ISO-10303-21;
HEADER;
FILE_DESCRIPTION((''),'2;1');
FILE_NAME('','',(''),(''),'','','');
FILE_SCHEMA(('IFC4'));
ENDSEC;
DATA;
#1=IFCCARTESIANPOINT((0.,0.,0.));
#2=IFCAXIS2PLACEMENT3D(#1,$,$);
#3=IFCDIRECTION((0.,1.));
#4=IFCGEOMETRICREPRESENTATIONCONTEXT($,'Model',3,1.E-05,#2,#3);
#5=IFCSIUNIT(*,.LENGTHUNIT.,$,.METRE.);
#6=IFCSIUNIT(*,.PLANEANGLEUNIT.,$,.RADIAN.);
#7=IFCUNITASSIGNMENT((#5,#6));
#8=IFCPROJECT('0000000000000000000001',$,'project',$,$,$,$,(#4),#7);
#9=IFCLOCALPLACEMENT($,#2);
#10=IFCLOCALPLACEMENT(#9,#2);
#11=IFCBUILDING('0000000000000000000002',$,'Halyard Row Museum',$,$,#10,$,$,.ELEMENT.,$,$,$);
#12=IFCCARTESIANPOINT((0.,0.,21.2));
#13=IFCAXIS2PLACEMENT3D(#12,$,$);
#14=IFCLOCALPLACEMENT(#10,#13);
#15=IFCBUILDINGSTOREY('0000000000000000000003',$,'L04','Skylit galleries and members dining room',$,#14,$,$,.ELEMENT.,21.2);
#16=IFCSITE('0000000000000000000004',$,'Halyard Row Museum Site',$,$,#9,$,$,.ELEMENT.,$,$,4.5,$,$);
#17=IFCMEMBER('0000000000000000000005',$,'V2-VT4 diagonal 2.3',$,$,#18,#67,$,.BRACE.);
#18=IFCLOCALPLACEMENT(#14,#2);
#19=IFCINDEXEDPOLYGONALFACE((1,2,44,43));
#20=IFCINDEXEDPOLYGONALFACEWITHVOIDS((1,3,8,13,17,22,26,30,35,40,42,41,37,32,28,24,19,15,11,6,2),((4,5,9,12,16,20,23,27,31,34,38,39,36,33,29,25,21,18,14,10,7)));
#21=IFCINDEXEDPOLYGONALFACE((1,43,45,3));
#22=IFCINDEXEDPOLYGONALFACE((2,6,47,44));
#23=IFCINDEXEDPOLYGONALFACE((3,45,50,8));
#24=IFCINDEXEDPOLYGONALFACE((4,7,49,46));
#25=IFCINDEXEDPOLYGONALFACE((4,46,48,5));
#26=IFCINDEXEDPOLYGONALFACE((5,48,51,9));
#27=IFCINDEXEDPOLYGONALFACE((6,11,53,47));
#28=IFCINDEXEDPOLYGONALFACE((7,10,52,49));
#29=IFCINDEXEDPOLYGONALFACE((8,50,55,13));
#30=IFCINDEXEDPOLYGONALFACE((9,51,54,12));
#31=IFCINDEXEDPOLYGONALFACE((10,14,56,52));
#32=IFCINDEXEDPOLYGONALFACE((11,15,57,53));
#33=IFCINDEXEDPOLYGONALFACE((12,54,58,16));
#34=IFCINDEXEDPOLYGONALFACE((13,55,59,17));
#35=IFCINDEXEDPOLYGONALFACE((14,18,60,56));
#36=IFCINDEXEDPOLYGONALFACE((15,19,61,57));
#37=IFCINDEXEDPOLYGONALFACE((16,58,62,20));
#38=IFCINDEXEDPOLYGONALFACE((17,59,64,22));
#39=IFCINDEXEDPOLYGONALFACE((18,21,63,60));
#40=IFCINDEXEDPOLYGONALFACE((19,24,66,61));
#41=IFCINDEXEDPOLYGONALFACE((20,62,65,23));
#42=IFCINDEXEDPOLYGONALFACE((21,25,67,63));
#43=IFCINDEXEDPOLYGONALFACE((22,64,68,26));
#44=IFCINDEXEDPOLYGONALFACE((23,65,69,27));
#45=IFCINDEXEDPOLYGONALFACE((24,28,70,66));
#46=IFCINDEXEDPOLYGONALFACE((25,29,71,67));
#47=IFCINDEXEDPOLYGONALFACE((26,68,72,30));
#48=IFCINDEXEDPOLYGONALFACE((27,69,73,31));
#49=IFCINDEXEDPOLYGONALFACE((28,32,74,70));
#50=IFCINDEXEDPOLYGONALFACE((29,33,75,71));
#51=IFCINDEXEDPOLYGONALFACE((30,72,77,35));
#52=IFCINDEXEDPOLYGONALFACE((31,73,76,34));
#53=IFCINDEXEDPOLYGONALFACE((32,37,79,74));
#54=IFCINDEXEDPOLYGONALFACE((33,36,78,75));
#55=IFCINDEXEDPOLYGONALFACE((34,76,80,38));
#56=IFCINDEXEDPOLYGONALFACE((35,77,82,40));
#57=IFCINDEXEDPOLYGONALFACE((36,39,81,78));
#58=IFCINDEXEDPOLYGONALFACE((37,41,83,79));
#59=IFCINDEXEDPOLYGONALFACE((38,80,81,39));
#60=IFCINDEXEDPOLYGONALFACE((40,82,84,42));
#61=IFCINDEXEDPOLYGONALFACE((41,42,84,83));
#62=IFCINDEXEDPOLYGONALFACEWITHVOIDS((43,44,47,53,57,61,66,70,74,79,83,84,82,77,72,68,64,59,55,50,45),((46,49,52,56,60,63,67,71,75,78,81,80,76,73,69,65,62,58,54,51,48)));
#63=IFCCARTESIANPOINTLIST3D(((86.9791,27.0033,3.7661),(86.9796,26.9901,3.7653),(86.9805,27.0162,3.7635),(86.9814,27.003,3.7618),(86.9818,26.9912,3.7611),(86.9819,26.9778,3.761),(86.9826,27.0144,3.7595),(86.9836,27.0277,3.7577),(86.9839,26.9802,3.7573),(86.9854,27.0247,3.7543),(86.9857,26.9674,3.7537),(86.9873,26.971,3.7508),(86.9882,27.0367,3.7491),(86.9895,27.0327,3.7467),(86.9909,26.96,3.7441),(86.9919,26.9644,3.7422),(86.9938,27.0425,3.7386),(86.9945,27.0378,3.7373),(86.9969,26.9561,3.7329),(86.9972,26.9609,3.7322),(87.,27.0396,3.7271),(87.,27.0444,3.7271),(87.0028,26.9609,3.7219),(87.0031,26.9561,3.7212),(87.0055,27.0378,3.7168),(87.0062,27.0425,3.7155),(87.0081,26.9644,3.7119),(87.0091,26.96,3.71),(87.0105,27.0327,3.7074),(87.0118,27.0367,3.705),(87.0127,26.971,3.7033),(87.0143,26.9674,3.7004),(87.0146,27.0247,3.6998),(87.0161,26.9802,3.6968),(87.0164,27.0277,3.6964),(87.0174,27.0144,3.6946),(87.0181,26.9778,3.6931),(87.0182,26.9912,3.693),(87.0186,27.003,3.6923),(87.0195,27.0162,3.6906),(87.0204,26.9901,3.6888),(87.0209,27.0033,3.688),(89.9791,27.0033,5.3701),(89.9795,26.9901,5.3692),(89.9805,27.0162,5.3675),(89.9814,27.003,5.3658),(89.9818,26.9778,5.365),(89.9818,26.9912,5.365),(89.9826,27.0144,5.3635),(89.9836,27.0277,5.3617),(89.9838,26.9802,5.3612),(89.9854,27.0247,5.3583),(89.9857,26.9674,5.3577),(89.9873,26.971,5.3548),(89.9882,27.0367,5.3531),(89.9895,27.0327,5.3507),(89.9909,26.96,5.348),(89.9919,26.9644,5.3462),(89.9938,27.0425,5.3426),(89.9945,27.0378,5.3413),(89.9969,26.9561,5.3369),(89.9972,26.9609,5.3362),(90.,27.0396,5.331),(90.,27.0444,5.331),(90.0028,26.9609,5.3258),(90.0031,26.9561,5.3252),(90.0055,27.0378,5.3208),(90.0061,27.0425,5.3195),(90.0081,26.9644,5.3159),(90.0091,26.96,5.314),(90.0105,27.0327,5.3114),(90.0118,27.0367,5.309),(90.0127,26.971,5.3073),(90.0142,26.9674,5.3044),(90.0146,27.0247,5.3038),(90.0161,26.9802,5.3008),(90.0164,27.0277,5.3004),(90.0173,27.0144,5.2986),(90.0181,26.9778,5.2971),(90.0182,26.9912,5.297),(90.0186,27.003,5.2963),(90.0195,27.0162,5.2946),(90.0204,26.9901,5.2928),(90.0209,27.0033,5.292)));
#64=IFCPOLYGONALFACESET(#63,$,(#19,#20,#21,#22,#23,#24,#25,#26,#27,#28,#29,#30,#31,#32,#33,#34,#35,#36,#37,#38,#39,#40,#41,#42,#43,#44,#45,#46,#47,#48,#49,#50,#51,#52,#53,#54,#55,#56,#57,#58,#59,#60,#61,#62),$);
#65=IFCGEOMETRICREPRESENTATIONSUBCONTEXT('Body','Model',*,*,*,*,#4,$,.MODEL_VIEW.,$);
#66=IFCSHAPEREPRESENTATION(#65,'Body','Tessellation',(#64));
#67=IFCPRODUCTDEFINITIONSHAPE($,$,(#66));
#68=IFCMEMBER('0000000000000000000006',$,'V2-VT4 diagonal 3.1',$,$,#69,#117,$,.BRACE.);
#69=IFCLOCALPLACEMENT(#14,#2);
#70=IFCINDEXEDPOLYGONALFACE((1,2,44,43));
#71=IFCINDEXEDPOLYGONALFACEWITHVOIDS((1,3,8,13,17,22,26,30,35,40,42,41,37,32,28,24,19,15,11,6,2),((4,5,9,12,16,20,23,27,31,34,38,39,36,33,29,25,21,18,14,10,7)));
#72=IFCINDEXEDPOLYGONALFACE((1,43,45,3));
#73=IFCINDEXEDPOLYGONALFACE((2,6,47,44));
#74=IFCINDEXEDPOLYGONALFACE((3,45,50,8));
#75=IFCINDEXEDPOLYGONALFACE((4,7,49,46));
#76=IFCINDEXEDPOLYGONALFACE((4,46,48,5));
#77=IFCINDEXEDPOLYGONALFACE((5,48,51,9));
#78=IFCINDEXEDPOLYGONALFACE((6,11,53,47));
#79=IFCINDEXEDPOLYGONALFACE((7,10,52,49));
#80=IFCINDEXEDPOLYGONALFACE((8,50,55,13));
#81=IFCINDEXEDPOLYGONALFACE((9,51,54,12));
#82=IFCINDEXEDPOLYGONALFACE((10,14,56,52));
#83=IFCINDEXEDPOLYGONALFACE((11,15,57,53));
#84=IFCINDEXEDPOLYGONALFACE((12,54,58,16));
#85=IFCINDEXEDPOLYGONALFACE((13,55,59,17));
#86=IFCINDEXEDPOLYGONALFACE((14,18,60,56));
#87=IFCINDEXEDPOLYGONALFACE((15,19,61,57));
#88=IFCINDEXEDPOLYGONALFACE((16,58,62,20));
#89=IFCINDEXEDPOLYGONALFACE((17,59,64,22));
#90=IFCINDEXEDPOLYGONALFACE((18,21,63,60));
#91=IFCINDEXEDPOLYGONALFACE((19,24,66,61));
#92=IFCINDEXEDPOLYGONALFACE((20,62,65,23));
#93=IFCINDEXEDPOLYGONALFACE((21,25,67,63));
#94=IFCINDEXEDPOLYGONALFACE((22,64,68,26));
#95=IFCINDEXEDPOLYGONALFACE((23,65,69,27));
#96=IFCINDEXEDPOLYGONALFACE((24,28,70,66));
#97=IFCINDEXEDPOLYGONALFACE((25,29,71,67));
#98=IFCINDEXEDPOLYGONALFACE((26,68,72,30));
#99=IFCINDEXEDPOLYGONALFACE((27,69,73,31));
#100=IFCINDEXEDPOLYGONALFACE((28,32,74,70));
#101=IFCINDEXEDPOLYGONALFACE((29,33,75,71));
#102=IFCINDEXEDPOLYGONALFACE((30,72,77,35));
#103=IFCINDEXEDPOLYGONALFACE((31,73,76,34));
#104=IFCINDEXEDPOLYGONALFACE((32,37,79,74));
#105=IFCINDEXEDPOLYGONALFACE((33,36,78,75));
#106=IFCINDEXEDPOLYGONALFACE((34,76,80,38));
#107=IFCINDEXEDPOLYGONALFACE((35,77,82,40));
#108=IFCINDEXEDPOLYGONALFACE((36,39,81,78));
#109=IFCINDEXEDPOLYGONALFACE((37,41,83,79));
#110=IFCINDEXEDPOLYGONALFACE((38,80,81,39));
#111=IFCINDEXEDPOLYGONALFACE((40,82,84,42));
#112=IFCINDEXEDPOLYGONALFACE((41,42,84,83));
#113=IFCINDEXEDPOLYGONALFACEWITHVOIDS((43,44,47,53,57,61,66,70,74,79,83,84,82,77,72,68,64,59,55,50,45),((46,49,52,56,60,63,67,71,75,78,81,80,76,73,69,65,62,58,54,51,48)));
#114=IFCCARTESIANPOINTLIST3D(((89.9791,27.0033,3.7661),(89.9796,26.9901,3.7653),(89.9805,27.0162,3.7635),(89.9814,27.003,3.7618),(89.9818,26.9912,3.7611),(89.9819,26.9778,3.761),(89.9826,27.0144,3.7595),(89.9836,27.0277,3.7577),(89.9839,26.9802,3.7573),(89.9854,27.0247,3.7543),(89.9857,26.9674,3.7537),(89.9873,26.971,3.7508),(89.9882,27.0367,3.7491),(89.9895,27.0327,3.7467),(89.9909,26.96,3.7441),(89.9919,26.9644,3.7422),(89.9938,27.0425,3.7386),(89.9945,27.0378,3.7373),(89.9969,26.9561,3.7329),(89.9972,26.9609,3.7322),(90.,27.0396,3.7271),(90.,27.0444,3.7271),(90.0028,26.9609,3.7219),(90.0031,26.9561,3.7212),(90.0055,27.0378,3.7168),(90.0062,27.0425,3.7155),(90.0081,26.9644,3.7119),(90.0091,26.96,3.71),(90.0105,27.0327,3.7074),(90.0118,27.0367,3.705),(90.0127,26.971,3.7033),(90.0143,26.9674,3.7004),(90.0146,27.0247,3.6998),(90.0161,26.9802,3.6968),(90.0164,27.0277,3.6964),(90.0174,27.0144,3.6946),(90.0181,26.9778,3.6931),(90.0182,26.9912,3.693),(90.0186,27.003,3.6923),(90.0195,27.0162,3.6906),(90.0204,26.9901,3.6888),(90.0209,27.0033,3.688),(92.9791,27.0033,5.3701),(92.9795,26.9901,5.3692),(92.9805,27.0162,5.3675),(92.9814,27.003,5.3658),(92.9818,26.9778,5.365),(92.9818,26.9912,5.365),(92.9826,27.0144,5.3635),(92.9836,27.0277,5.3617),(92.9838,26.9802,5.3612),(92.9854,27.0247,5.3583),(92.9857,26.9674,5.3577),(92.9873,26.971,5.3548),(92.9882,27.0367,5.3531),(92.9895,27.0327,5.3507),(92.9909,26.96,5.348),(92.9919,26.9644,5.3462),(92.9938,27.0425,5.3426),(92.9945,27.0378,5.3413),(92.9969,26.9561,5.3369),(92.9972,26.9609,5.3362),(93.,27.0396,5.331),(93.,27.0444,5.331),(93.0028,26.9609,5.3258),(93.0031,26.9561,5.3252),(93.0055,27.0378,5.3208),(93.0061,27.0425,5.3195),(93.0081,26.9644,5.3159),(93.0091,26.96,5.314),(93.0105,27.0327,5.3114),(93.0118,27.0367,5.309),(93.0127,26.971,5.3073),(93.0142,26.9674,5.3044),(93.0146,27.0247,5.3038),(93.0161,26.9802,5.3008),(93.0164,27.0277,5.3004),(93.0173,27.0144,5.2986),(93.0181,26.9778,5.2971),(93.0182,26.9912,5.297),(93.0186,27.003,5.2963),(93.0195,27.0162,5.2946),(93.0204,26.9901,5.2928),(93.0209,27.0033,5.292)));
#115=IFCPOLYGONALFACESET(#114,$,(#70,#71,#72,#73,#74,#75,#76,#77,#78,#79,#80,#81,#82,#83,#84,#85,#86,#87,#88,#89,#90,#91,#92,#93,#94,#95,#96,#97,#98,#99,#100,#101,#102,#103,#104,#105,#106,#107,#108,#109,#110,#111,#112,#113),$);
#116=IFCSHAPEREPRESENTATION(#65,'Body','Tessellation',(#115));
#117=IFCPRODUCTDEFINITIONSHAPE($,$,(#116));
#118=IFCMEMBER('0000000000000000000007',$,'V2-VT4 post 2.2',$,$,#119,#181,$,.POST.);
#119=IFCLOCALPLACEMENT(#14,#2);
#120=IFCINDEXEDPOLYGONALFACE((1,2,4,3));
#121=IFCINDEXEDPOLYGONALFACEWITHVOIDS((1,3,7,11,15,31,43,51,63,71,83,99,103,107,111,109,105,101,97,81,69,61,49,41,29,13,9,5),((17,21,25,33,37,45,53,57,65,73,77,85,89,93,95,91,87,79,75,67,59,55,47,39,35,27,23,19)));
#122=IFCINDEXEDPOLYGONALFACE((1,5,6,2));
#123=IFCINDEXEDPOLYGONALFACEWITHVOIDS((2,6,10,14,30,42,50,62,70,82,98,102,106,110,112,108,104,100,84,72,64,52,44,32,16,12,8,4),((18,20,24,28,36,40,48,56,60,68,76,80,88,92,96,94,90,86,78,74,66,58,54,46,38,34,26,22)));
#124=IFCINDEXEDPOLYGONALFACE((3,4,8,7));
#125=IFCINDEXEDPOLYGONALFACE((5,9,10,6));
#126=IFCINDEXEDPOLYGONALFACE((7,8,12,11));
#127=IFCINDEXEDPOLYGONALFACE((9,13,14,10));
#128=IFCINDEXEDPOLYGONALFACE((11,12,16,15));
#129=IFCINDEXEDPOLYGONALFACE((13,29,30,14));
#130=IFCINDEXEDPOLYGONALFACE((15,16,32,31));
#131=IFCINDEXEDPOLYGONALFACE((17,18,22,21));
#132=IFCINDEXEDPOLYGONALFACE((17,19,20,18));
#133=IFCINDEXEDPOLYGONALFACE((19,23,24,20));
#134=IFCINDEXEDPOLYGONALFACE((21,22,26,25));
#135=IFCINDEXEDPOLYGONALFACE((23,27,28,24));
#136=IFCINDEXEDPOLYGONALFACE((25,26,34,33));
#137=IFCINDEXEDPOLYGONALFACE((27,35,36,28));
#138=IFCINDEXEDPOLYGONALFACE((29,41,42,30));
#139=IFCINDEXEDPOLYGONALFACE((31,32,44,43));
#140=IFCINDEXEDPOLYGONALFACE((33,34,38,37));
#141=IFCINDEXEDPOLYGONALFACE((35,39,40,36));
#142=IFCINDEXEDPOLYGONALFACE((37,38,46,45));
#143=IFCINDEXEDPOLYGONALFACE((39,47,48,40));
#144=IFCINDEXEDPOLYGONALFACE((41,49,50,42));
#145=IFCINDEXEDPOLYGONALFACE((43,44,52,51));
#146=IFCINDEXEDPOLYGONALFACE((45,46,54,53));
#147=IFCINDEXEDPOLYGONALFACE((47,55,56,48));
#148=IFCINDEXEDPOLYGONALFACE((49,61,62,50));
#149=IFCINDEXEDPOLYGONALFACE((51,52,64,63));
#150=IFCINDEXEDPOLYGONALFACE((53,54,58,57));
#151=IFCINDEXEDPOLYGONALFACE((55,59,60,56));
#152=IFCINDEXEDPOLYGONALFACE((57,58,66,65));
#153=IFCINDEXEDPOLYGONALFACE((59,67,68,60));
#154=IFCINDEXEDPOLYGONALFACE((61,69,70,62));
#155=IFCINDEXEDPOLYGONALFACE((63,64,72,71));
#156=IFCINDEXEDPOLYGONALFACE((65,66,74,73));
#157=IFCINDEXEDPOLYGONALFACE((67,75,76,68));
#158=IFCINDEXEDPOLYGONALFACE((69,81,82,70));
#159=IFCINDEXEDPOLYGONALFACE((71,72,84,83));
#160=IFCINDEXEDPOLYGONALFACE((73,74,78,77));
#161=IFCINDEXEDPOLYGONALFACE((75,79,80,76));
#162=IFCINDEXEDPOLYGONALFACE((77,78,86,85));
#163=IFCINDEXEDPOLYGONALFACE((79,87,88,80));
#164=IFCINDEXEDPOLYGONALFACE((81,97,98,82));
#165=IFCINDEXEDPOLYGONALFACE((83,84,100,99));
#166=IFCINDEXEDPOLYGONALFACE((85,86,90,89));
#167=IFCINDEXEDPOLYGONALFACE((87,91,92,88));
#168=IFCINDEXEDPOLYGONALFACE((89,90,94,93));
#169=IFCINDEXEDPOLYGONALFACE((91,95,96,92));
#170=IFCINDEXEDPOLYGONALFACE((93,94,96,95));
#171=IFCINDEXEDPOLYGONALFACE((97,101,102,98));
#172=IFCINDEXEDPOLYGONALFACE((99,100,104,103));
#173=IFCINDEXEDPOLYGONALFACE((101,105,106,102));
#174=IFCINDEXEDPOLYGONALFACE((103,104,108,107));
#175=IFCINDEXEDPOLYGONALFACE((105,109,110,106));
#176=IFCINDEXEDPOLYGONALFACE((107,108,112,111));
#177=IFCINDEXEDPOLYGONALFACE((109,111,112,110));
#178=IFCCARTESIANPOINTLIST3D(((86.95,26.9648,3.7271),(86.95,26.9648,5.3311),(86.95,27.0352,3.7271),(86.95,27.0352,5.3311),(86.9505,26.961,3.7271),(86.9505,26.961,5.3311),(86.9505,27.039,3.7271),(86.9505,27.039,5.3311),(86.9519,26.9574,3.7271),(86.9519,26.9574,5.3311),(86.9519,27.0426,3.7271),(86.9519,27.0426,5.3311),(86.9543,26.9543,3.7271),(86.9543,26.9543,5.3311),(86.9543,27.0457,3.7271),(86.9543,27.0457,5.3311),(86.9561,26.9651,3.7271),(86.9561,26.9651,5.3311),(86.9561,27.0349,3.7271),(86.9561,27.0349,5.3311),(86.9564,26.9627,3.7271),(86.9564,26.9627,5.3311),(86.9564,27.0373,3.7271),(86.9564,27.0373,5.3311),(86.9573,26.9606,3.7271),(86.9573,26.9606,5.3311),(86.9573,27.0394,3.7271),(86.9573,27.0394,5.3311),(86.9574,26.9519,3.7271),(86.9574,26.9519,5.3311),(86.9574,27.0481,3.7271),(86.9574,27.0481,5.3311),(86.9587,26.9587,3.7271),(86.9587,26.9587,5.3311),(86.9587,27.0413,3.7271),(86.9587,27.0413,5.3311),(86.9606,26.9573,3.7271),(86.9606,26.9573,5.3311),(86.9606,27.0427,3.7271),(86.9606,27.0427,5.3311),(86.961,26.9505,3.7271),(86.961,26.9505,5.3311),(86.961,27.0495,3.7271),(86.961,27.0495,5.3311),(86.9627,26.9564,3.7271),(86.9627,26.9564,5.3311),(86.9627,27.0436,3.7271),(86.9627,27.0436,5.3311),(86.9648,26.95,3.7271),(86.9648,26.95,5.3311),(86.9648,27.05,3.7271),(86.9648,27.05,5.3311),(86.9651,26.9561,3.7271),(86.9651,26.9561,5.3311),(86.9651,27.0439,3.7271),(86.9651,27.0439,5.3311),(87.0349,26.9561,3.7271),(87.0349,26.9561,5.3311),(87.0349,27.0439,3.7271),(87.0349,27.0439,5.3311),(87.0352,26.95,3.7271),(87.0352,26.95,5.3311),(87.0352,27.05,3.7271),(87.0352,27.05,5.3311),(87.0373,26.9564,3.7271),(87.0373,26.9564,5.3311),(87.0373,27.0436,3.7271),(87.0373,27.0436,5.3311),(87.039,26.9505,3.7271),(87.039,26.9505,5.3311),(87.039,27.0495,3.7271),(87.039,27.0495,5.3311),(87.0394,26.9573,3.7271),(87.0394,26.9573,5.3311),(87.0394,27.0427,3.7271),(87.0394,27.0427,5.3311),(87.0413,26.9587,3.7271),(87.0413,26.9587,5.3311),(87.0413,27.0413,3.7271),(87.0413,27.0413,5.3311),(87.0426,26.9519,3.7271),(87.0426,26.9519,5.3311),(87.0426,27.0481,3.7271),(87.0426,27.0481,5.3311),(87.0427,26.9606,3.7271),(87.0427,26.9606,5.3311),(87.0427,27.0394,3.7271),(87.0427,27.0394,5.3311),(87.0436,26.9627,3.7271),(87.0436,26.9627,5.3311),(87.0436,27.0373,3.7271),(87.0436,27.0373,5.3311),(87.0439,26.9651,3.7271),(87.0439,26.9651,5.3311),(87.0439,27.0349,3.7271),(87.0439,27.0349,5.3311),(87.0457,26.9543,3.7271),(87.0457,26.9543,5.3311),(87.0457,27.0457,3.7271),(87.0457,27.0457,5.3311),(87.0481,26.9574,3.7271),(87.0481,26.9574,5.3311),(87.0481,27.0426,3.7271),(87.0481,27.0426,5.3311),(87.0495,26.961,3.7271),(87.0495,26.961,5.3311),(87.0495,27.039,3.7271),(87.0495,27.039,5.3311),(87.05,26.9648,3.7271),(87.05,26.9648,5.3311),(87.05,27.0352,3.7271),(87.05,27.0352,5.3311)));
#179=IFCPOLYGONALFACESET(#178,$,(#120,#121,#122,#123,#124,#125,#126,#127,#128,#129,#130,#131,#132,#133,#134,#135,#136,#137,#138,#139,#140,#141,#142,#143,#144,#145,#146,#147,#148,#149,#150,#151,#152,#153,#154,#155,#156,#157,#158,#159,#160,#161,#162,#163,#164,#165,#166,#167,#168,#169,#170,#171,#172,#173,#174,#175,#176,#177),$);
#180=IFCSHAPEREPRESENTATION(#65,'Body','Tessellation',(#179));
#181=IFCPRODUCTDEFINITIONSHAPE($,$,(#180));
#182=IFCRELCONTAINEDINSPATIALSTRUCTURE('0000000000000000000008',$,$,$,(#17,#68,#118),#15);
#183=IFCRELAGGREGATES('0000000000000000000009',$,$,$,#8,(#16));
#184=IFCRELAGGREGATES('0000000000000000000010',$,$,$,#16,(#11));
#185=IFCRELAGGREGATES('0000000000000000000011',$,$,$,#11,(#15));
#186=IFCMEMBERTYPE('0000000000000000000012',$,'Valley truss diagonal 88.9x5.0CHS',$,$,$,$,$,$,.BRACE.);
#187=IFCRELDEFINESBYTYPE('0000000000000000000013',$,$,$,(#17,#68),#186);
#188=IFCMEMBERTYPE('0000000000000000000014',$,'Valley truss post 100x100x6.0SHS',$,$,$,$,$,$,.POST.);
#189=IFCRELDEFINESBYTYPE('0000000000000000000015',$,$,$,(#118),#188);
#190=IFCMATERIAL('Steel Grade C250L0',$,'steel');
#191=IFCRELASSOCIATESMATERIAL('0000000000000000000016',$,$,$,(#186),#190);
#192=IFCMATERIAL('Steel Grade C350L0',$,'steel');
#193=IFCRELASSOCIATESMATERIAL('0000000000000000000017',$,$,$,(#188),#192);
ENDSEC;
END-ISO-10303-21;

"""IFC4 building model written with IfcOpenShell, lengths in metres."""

from ifc_helpers import new_model, si_unit, direction, frame, origin, origin_2d, place, context, subcontext, project, spatial, hollow_rectangle, hollow_circle, extrude, material, material_profile, profile_set, type_object, element, save


model = new_model("IFC4")

# Units and contexts
model_context = context("Model", 3, precision=1e-05, world=origin(), true_north=direction((0.0, 1.0)))
body_context = subcontext(model_context, "Body", "Model", "MODEL_VIEW")
ifc_project = project(units=[si_unit("LENGTHUNIT", "METRE"), si_unit("PLANEANGLEUNIT", "RADIAN")], contexts=[model_context])

# Site, building, storey
site_placement = place(None, origin())
site = spatial("IfcSite", under=ifc_project, at=site_placement, Name="Halyard Row Museum Site", CompositionType="ELEMENT", RefElevation=4.5)
building_placement = place(site_placement, origin())
building = spatial("IfcBuilding", under=site, at=building_placement, Name="Halyard Row Museum", CompositionType="ELEMENT")
storey_placement = place(building_placement, frame((0.0, 0.0, 21.2)))
storey = spatial("IfcBuildingStorey", under=building, at=storey_placement, Name="L04", Description="Skylit galleries and members dining room", CompositionType="ELEMENT", Elevation=21.2)

# Members
ifc_material_1 = material(Name="Steel Grade C250L0", Category="steel")
ifc_material_profile_1 = material_profile(ifc_material_1, hollow_circle(Radius=0.0444, WallThickness=0.0049, at=origin_2d()), Name="88.9x5.0CHS")
ifc_profile_set_1 = profile_set([ifc_material_profile_1], Name="Steel Grade C250L0")
member_type_1 = type_object("IfcMemberType", Name="Valley truss diagonal 88.9x5.0CHS", PredefinedType="BRACE", material=ifc_profile_set_1)
for number, where, z_axis, x_axis, name in (
    (1, (87.0, 27.0, 3.7271), (0.881864, 0.0, 0.471504), (0.0, 1.0, 0.0), "V2-VT4 diagonal 2.3"),
    (2, (90.0, 27.0, 3.7271), (0.881864, 0.0, 0.471504), (0.0, 1.0, 0.0), "V2-VT4 diagonal 3.1"),
):
    element("IfcMember", number, at=place(storey_placement, frame(where, z_axis=z_axis, x_axis=x_axis)), inside=storey, type_object=member_type_1, Name=name, PredefinedType="BRACE", context=body_context, shape_type="SweptSolid", body=[
        extrude(hollow_circle(Radius=0.0444, WallThickness=0.0049, at=origin_2d()), origin(), (0.0, 0.0, 1.0), 3.4019),
    ])
ifc_material_2 = material(Name="Steel Grade C350L0", Category="steel")
ifc_material_profile_2 = material_profile(ifc_material_2, hollow_rectangle(XDim=0.1001, YDim=0.1001, WallThickness=0.0061, InnerFilletRadius=0.009, OuterFilletRadius=0.0149, at=origin_2d()), Name="100x100x6.0SHS")
ifc_profile_set_2 = profile_set([ifc_material_profile_2], Name="Steel Grade C350L0")
member_type_2 = type_object("IfcMemberType", Name="Valley truss post 100x100x6.0SHS", PredefinedType="POST", material=ifc_profile_set_2)
member_1_placement = place(storey_placement, frame((87.0, 27.0, 3.7271), z_axis=(0.0, 0.0, 1.0), x_axis=(1.0, 0.0, 0.0)))
element("IfcMember", 3, at=member_1_placement, inside=storey, type_object=member_type_2, Name="V2-VT4 post 2.2", PredefinedType="POST", context=body_context, shape_type="SweptSolid", body=[
    extrude(hollow_rectangle(XDim=0.1001, YDim=0.1001, WallThickness=0.0061, InnerFilletRadius=0.009, OuterFilletRadius=0.0149, at=origin_2d()), origin(), (0.0, 0.0, 1.0), 1.604),
])

save(model, "model.ifc")
